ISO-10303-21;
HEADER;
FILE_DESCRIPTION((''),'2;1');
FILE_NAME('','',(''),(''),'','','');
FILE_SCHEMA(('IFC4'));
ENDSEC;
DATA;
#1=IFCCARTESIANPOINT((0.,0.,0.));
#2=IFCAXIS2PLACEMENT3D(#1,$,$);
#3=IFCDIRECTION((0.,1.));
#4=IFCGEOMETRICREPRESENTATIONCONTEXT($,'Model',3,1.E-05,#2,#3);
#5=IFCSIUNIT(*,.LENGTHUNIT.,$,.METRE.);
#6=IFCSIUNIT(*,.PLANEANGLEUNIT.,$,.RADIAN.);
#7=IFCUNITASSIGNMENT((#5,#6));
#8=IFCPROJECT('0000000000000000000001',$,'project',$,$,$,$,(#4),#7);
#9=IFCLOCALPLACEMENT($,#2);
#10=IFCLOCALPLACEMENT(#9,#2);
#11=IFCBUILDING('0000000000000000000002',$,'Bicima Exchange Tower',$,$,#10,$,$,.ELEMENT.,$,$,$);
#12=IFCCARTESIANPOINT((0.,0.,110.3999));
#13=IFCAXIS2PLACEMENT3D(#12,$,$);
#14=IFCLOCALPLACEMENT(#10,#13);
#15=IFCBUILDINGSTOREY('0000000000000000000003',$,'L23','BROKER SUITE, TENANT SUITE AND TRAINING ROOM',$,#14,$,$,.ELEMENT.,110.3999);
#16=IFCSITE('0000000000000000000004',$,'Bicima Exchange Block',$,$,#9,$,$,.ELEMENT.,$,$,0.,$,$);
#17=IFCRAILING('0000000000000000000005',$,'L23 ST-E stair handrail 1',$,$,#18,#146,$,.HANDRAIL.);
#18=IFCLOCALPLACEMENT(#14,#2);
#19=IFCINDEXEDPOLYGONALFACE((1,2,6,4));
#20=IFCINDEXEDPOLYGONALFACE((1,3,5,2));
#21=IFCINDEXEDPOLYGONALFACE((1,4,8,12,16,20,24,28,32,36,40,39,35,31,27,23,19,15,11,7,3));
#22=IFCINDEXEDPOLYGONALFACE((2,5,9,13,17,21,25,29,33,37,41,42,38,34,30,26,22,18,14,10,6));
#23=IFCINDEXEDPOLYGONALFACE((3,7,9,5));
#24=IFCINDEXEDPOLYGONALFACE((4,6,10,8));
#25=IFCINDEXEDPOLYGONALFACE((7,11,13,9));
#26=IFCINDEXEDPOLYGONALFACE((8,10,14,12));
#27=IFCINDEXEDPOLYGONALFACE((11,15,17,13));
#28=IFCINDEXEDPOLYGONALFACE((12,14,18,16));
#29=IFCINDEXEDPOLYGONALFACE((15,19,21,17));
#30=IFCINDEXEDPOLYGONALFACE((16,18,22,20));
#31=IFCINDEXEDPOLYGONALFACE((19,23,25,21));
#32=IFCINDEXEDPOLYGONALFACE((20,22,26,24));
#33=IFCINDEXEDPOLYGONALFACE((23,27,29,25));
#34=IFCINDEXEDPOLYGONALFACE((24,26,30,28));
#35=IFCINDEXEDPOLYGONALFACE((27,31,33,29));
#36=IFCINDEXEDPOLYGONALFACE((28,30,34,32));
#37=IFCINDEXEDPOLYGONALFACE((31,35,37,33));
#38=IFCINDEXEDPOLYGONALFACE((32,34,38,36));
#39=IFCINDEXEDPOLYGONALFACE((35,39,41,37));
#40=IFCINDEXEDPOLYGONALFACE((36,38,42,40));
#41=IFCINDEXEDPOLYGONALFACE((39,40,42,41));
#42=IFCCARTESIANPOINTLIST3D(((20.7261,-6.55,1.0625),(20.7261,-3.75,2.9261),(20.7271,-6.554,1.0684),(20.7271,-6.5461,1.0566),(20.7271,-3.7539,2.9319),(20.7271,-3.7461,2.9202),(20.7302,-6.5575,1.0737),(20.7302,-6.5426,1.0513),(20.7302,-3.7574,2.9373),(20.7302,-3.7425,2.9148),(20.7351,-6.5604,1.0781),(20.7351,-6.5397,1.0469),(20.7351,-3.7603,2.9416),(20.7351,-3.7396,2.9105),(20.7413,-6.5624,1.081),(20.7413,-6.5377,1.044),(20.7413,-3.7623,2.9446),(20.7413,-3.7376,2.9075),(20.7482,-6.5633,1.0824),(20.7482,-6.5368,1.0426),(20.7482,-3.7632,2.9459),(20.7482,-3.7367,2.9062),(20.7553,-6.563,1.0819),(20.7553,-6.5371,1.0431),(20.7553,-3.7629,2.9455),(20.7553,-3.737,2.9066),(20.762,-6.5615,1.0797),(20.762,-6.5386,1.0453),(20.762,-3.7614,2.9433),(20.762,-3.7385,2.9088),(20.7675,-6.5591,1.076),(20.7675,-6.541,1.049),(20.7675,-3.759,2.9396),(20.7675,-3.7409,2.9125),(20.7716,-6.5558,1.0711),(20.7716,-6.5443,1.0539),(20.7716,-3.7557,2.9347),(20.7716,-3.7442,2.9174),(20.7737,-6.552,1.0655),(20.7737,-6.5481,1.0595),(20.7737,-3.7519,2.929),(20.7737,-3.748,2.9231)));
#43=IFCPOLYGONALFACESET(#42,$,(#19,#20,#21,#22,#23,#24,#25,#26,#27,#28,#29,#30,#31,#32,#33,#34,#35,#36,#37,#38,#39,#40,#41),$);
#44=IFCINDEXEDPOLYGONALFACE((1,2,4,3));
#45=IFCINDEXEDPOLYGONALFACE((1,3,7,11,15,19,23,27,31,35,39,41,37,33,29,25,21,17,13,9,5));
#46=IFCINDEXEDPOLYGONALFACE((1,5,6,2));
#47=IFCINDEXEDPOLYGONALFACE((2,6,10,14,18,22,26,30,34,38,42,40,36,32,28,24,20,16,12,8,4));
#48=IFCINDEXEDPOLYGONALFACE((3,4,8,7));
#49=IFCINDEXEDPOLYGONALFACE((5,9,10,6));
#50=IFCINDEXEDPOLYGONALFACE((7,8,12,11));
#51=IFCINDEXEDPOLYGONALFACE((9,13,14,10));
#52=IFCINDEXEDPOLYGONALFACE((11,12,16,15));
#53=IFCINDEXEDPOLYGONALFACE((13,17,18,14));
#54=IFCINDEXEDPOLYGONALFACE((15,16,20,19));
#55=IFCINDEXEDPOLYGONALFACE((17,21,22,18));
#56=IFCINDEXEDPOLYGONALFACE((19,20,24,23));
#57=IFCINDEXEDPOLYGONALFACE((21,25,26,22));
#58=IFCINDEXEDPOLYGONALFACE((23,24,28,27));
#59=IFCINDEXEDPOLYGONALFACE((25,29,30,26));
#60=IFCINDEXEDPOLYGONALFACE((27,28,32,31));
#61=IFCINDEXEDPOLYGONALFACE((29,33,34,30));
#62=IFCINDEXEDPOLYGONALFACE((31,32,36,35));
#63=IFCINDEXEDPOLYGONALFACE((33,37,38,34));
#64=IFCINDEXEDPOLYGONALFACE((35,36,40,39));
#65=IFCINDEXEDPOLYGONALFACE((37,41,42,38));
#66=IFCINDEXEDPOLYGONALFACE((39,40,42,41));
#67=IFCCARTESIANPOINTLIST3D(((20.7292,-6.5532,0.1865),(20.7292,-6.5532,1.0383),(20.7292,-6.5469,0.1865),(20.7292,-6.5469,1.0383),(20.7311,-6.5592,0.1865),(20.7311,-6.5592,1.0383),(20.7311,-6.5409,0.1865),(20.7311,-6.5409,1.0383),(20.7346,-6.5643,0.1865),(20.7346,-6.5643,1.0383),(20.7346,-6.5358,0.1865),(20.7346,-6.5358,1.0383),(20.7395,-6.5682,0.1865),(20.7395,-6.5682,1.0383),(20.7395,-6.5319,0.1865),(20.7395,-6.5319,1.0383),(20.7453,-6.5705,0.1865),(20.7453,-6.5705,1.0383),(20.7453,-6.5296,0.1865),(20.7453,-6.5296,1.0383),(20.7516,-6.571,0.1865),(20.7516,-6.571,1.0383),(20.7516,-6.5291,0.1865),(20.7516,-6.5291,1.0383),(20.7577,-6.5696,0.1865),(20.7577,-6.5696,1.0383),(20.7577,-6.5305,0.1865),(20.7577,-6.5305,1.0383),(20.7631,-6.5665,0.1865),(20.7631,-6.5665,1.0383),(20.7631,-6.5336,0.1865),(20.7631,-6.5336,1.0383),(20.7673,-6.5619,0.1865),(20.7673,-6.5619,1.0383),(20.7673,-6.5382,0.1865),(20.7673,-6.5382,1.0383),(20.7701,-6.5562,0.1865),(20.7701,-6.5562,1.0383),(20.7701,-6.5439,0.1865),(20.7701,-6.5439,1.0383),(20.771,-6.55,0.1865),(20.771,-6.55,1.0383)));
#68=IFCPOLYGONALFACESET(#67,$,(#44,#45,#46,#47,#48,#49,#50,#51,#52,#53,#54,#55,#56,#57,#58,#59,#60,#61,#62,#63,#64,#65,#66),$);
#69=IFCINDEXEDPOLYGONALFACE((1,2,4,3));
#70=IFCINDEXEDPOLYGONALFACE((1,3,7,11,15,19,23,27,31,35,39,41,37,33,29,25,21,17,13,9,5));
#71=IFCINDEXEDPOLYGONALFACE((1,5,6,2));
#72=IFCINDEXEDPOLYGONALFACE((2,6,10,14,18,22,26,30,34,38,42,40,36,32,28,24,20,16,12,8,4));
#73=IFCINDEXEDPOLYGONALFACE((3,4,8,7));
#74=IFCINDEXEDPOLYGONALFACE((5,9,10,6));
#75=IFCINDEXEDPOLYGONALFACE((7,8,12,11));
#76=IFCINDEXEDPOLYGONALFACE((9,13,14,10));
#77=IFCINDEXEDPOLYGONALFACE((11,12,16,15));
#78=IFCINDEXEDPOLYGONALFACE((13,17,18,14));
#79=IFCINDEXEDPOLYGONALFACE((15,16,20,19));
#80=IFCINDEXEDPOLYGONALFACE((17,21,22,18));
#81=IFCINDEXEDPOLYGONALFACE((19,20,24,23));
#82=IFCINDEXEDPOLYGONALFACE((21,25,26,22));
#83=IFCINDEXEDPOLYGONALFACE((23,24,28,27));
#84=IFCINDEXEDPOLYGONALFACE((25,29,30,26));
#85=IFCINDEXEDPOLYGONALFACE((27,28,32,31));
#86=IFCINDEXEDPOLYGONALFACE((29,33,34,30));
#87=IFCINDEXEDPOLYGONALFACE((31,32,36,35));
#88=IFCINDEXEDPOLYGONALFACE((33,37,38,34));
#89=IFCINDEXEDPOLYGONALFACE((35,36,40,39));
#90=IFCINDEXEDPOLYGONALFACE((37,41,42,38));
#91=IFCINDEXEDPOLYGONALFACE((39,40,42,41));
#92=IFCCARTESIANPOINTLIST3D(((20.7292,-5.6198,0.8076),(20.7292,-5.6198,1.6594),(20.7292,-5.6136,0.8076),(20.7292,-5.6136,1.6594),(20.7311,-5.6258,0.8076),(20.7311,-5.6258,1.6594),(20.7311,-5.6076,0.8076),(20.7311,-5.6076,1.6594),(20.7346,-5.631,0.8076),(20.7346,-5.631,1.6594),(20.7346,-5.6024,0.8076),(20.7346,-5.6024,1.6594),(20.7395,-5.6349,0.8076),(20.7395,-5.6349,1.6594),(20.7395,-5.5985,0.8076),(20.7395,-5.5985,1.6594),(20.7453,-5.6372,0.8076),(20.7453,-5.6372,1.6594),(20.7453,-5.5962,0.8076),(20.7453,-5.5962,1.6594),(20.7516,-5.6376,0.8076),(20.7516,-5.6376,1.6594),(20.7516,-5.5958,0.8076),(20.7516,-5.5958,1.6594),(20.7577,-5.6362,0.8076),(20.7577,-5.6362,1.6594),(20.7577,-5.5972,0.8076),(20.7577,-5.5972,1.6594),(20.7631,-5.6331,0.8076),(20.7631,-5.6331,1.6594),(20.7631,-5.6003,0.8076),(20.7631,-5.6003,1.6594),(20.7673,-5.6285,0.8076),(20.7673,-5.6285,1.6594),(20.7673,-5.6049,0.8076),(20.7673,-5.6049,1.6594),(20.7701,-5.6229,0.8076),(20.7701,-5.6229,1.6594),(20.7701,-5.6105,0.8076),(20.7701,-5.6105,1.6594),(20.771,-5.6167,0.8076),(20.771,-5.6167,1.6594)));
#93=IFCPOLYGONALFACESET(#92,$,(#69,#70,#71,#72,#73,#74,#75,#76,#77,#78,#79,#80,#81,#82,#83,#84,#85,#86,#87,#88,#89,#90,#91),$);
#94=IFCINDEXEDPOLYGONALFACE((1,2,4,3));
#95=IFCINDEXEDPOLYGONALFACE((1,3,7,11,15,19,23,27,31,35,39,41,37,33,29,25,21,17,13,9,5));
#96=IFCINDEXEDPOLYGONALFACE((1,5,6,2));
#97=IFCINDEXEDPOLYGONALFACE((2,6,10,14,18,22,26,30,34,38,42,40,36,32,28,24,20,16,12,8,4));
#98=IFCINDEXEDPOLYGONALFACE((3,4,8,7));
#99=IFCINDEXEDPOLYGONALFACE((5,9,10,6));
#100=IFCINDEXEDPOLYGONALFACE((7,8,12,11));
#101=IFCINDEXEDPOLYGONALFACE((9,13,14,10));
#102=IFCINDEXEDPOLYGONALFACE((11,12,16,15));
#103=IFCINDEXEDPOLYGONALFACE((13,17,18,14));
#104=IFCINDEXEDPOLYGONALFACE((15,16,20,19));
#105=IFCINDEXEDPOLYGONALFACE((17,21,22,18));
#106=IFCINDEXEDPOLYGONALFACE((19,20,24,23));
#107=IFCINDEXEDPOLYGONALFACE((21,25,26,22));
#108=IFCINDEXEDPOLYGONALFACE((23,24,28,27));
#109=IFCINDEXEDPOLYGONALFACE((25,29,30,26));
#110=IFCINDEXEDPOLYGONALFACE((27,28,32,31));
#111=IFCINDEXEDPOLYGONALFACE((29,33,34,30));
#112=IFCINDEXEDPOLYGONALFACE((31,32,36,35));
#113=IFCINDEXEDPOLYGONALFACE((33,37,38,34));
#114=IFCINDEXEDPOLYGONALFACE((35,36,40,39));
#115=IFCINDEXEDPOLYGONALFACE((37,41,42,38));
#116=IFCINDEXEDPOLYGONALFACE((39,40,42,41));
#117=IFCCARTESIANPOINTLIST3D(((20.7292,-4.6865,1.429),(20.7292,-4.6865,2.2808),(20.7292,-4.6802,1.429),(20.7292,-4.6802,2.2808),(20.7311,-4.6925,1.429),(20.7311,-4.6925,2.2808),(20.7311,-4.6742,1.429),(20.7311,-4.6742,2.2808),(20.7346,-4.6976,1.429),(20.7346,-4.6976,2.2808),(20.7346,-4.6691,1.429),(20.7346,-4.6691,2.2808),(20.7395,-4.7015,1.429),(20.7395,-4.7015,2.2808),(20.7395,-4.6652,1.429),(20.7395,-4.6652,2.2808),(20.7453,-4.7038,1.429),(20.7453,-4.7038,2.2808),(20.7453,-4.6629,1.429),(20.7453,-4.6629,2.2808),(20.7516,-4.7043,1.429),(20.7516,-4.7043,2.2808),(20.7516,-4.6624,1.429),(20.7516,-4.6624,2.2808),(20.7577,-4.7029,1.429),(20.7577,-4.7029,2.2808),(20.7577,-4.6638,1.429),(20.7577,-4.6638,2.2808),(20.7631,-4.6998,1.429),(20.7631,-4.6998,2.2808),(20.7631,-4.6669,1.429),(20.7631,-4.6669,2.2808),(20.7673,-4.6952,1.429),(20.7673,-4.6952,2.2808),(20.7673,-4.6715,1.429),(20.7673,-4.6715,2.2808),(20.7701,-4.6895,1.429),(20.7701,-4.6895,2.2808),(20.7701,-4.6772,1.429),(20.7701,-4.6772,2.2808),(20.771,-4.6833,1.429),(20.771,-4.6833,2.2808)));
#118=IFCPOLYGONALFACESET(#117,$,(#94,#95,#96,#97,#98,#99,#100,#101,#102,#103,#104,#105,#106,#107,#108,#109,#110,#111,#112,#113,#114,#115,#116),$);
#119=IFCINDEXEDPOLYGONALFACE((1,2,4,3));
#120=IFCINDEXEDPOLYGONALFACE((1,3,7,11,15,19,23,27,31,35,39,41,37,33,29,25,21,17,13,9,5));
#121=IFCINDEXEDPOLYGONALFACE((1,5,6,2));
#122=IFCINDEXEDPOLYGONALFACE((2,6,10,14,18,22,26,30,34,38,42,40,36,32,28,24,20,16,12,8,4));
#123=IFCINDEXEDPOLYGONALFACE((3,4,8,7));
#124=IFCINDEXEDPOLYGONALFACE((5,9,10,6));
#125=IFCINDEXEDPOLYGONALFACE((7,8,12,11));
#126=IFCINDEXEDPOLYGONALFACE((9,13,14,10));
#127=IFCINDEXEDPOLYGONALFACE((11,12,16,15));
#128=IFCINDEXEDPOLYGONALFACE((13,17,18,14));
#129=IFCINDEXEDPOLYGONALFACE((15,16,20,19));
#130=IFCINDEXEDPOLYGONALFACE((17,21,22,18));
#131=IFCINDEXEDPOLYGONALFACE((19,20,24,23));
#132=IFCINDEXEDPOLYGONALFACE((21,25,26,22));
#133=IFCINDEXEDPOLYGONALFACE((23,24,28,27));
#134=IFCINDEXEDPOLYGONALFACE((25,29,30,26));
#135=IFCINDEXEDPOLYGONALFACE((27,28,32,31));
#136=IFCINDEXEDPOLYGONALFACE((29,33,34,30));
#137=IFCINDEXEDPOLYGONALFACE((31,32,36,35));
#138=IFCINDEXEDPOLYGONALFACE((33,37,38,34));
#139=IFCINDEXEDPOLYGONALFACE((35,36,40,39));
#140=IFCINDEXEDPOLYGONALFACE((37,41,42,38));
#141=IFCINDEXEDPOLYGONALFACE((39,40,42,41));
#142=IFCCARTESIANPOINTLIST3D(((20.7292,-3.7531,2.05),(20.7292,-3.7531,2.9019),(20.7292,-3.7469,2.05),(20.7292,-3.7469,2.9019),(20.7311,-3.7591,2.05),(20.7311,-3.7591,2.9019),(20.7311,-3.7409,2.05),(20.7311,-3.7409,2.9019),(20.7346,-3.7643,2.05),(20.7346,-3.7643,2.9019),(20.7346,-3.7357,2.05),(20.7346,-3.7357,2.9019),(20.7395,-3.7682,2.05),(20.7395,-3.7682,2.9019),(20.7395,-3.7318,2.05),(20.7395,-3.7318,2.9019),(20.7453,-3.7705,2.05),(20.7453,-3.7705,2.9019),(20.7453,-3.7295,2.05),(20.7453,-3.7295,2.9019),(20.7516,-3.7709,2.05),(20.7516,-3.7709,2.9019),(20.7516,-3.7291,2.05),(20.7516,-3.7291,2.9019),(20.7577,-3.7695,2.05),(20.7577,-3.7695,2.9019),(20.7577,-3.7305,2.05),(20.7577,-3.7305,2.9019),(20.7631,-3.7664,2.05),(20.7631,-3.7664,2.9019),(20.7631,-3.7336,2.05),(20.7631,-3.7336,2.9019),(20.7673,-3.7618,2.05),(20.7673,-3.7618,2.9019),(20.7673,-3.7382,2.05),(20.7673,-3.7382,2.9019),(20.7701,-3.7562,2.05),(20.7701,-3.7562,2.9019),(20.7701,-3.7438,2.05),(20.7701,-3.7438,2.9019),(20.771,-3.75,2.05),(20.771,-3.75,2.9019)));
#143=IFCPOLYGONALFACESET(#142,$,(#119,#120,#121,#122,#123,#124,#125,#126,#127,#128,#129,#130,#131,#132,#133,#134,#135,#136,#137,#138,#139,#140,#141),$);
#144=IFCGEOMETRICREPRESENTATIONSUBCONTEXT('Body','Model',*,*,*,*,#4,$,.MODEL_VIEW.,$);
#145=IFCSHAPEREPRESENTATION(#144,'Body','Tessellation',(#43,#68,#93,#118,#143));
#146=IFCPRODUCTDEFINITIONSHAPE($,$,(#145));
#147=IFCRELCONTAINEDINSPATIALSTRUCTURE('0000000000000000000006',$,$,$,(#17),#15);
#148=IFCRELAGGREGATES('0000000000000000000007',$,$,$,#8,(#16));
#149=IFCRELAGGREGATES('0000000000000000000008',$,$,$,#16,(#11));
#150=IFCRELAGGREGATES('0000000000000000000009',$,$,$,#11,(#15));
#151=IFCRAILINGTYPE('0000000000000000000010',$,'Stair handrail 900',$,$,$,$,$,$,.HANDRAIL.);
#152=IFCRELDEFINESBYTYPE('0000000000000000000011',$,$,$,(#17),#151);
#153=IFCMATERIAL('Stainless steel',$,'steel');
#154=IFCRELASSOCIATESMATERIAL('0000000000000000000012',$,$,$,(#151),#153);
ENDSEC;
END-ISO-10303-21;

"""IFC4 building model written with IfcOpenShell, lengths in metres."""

from ifc_helpers import new_model, si_unit, direction, frame, origin, origin_2d, place, context, subcontext, project, spatial, circle, extrude, material, type_object, element, save


model = new_model("IFC4")

# Units and contexts
model_context = context("Model", 3, precision=1e-05, world=origin(), true_north=direction((0.0, 1.0)))
body_context = subcontext(model_context, "Body", "Model", "MODEL_VIEW")
ifc_project = project(units=[si_unit("LENGTHUNIT", "METRE"), si_unit("PLANEANGLEUNIT", "RADIAN")], contexts=[model_context])

# Site, building, storey
site_placement = place(None, origin())
site = spatial("IfcSite", under=ifc_project, at=site_placement, Name="Bicima Exchange Block", CompositionType="ELEMENT", RefElevation=0.0)
building_placement = place(site_placement, origin())
building = spatial("IfcBuilding", under=site, at=building_placement, Name="Bicima Exchange Tower", CompositionType="ELEMENT")
storey_placement = place(building_placement, frame((0.0, 0.0, 110.3999)))
storey = spatial("IfcBuildingStorey", under=building, at=storey_placement, Name="L23", Description="BROKER SUITE, TENANT SUITE AND TRAINING ROOM", CompositionType="ELEMENT", Elevation=110.3999)

# Railing
ifc_material_1 = material(Name="Stainless steel", Category="steel")
railing_type_1 = type_object("IfcRailingType", Name="Stair handrail 900", PredefinedType="HANDRAIL", material=ifc_material_1)
railing_1_placement = place(storey_placement, frame((20.75, -6.55, 0.1865)))
element("IfcRailing", 1, at=railing_1_placement, inside=storey, type_object=railing_type_1, Name="L23 ST-E stair handrail 1", PredefinedType="HANDRAIL", context=body_context, shape_type="SweptSolid", body=[
    extrude(circle(Radius=0.0239, at=origin_2d()), frame((0.0, 0.0, 0.876), z_axis=(0.0, 0.832486, 0.554047), x_axis=(-1.0, 0.0, 0.0)), (0.0, 0.0, 1.0), 3.3635),
    extrude(circle(Radius=0.021, at=origin_2d()), origin(), (0.0, 0.0, 1.0), 0.8518),
    extrude(circle(Radius=0.021, at=origin_2d()), frame((0.0, 0.9333, 0.6211)), (0.0, 0.0, 1.0), 0.8518),
    extrude(circle(Radius=0.021, at=origin_2d()), frame((0.0, 1.8667, 1.2424)), (0.0, 0.0, 1.0), 0.8518),
    extrude(circle(Radius=0.021, at=origin_2d()), frame((0.0, 2.8, 1.8635)), (0.0, 0.0, 1.0), 0.8518),
])

save(model, "model.ifc")
